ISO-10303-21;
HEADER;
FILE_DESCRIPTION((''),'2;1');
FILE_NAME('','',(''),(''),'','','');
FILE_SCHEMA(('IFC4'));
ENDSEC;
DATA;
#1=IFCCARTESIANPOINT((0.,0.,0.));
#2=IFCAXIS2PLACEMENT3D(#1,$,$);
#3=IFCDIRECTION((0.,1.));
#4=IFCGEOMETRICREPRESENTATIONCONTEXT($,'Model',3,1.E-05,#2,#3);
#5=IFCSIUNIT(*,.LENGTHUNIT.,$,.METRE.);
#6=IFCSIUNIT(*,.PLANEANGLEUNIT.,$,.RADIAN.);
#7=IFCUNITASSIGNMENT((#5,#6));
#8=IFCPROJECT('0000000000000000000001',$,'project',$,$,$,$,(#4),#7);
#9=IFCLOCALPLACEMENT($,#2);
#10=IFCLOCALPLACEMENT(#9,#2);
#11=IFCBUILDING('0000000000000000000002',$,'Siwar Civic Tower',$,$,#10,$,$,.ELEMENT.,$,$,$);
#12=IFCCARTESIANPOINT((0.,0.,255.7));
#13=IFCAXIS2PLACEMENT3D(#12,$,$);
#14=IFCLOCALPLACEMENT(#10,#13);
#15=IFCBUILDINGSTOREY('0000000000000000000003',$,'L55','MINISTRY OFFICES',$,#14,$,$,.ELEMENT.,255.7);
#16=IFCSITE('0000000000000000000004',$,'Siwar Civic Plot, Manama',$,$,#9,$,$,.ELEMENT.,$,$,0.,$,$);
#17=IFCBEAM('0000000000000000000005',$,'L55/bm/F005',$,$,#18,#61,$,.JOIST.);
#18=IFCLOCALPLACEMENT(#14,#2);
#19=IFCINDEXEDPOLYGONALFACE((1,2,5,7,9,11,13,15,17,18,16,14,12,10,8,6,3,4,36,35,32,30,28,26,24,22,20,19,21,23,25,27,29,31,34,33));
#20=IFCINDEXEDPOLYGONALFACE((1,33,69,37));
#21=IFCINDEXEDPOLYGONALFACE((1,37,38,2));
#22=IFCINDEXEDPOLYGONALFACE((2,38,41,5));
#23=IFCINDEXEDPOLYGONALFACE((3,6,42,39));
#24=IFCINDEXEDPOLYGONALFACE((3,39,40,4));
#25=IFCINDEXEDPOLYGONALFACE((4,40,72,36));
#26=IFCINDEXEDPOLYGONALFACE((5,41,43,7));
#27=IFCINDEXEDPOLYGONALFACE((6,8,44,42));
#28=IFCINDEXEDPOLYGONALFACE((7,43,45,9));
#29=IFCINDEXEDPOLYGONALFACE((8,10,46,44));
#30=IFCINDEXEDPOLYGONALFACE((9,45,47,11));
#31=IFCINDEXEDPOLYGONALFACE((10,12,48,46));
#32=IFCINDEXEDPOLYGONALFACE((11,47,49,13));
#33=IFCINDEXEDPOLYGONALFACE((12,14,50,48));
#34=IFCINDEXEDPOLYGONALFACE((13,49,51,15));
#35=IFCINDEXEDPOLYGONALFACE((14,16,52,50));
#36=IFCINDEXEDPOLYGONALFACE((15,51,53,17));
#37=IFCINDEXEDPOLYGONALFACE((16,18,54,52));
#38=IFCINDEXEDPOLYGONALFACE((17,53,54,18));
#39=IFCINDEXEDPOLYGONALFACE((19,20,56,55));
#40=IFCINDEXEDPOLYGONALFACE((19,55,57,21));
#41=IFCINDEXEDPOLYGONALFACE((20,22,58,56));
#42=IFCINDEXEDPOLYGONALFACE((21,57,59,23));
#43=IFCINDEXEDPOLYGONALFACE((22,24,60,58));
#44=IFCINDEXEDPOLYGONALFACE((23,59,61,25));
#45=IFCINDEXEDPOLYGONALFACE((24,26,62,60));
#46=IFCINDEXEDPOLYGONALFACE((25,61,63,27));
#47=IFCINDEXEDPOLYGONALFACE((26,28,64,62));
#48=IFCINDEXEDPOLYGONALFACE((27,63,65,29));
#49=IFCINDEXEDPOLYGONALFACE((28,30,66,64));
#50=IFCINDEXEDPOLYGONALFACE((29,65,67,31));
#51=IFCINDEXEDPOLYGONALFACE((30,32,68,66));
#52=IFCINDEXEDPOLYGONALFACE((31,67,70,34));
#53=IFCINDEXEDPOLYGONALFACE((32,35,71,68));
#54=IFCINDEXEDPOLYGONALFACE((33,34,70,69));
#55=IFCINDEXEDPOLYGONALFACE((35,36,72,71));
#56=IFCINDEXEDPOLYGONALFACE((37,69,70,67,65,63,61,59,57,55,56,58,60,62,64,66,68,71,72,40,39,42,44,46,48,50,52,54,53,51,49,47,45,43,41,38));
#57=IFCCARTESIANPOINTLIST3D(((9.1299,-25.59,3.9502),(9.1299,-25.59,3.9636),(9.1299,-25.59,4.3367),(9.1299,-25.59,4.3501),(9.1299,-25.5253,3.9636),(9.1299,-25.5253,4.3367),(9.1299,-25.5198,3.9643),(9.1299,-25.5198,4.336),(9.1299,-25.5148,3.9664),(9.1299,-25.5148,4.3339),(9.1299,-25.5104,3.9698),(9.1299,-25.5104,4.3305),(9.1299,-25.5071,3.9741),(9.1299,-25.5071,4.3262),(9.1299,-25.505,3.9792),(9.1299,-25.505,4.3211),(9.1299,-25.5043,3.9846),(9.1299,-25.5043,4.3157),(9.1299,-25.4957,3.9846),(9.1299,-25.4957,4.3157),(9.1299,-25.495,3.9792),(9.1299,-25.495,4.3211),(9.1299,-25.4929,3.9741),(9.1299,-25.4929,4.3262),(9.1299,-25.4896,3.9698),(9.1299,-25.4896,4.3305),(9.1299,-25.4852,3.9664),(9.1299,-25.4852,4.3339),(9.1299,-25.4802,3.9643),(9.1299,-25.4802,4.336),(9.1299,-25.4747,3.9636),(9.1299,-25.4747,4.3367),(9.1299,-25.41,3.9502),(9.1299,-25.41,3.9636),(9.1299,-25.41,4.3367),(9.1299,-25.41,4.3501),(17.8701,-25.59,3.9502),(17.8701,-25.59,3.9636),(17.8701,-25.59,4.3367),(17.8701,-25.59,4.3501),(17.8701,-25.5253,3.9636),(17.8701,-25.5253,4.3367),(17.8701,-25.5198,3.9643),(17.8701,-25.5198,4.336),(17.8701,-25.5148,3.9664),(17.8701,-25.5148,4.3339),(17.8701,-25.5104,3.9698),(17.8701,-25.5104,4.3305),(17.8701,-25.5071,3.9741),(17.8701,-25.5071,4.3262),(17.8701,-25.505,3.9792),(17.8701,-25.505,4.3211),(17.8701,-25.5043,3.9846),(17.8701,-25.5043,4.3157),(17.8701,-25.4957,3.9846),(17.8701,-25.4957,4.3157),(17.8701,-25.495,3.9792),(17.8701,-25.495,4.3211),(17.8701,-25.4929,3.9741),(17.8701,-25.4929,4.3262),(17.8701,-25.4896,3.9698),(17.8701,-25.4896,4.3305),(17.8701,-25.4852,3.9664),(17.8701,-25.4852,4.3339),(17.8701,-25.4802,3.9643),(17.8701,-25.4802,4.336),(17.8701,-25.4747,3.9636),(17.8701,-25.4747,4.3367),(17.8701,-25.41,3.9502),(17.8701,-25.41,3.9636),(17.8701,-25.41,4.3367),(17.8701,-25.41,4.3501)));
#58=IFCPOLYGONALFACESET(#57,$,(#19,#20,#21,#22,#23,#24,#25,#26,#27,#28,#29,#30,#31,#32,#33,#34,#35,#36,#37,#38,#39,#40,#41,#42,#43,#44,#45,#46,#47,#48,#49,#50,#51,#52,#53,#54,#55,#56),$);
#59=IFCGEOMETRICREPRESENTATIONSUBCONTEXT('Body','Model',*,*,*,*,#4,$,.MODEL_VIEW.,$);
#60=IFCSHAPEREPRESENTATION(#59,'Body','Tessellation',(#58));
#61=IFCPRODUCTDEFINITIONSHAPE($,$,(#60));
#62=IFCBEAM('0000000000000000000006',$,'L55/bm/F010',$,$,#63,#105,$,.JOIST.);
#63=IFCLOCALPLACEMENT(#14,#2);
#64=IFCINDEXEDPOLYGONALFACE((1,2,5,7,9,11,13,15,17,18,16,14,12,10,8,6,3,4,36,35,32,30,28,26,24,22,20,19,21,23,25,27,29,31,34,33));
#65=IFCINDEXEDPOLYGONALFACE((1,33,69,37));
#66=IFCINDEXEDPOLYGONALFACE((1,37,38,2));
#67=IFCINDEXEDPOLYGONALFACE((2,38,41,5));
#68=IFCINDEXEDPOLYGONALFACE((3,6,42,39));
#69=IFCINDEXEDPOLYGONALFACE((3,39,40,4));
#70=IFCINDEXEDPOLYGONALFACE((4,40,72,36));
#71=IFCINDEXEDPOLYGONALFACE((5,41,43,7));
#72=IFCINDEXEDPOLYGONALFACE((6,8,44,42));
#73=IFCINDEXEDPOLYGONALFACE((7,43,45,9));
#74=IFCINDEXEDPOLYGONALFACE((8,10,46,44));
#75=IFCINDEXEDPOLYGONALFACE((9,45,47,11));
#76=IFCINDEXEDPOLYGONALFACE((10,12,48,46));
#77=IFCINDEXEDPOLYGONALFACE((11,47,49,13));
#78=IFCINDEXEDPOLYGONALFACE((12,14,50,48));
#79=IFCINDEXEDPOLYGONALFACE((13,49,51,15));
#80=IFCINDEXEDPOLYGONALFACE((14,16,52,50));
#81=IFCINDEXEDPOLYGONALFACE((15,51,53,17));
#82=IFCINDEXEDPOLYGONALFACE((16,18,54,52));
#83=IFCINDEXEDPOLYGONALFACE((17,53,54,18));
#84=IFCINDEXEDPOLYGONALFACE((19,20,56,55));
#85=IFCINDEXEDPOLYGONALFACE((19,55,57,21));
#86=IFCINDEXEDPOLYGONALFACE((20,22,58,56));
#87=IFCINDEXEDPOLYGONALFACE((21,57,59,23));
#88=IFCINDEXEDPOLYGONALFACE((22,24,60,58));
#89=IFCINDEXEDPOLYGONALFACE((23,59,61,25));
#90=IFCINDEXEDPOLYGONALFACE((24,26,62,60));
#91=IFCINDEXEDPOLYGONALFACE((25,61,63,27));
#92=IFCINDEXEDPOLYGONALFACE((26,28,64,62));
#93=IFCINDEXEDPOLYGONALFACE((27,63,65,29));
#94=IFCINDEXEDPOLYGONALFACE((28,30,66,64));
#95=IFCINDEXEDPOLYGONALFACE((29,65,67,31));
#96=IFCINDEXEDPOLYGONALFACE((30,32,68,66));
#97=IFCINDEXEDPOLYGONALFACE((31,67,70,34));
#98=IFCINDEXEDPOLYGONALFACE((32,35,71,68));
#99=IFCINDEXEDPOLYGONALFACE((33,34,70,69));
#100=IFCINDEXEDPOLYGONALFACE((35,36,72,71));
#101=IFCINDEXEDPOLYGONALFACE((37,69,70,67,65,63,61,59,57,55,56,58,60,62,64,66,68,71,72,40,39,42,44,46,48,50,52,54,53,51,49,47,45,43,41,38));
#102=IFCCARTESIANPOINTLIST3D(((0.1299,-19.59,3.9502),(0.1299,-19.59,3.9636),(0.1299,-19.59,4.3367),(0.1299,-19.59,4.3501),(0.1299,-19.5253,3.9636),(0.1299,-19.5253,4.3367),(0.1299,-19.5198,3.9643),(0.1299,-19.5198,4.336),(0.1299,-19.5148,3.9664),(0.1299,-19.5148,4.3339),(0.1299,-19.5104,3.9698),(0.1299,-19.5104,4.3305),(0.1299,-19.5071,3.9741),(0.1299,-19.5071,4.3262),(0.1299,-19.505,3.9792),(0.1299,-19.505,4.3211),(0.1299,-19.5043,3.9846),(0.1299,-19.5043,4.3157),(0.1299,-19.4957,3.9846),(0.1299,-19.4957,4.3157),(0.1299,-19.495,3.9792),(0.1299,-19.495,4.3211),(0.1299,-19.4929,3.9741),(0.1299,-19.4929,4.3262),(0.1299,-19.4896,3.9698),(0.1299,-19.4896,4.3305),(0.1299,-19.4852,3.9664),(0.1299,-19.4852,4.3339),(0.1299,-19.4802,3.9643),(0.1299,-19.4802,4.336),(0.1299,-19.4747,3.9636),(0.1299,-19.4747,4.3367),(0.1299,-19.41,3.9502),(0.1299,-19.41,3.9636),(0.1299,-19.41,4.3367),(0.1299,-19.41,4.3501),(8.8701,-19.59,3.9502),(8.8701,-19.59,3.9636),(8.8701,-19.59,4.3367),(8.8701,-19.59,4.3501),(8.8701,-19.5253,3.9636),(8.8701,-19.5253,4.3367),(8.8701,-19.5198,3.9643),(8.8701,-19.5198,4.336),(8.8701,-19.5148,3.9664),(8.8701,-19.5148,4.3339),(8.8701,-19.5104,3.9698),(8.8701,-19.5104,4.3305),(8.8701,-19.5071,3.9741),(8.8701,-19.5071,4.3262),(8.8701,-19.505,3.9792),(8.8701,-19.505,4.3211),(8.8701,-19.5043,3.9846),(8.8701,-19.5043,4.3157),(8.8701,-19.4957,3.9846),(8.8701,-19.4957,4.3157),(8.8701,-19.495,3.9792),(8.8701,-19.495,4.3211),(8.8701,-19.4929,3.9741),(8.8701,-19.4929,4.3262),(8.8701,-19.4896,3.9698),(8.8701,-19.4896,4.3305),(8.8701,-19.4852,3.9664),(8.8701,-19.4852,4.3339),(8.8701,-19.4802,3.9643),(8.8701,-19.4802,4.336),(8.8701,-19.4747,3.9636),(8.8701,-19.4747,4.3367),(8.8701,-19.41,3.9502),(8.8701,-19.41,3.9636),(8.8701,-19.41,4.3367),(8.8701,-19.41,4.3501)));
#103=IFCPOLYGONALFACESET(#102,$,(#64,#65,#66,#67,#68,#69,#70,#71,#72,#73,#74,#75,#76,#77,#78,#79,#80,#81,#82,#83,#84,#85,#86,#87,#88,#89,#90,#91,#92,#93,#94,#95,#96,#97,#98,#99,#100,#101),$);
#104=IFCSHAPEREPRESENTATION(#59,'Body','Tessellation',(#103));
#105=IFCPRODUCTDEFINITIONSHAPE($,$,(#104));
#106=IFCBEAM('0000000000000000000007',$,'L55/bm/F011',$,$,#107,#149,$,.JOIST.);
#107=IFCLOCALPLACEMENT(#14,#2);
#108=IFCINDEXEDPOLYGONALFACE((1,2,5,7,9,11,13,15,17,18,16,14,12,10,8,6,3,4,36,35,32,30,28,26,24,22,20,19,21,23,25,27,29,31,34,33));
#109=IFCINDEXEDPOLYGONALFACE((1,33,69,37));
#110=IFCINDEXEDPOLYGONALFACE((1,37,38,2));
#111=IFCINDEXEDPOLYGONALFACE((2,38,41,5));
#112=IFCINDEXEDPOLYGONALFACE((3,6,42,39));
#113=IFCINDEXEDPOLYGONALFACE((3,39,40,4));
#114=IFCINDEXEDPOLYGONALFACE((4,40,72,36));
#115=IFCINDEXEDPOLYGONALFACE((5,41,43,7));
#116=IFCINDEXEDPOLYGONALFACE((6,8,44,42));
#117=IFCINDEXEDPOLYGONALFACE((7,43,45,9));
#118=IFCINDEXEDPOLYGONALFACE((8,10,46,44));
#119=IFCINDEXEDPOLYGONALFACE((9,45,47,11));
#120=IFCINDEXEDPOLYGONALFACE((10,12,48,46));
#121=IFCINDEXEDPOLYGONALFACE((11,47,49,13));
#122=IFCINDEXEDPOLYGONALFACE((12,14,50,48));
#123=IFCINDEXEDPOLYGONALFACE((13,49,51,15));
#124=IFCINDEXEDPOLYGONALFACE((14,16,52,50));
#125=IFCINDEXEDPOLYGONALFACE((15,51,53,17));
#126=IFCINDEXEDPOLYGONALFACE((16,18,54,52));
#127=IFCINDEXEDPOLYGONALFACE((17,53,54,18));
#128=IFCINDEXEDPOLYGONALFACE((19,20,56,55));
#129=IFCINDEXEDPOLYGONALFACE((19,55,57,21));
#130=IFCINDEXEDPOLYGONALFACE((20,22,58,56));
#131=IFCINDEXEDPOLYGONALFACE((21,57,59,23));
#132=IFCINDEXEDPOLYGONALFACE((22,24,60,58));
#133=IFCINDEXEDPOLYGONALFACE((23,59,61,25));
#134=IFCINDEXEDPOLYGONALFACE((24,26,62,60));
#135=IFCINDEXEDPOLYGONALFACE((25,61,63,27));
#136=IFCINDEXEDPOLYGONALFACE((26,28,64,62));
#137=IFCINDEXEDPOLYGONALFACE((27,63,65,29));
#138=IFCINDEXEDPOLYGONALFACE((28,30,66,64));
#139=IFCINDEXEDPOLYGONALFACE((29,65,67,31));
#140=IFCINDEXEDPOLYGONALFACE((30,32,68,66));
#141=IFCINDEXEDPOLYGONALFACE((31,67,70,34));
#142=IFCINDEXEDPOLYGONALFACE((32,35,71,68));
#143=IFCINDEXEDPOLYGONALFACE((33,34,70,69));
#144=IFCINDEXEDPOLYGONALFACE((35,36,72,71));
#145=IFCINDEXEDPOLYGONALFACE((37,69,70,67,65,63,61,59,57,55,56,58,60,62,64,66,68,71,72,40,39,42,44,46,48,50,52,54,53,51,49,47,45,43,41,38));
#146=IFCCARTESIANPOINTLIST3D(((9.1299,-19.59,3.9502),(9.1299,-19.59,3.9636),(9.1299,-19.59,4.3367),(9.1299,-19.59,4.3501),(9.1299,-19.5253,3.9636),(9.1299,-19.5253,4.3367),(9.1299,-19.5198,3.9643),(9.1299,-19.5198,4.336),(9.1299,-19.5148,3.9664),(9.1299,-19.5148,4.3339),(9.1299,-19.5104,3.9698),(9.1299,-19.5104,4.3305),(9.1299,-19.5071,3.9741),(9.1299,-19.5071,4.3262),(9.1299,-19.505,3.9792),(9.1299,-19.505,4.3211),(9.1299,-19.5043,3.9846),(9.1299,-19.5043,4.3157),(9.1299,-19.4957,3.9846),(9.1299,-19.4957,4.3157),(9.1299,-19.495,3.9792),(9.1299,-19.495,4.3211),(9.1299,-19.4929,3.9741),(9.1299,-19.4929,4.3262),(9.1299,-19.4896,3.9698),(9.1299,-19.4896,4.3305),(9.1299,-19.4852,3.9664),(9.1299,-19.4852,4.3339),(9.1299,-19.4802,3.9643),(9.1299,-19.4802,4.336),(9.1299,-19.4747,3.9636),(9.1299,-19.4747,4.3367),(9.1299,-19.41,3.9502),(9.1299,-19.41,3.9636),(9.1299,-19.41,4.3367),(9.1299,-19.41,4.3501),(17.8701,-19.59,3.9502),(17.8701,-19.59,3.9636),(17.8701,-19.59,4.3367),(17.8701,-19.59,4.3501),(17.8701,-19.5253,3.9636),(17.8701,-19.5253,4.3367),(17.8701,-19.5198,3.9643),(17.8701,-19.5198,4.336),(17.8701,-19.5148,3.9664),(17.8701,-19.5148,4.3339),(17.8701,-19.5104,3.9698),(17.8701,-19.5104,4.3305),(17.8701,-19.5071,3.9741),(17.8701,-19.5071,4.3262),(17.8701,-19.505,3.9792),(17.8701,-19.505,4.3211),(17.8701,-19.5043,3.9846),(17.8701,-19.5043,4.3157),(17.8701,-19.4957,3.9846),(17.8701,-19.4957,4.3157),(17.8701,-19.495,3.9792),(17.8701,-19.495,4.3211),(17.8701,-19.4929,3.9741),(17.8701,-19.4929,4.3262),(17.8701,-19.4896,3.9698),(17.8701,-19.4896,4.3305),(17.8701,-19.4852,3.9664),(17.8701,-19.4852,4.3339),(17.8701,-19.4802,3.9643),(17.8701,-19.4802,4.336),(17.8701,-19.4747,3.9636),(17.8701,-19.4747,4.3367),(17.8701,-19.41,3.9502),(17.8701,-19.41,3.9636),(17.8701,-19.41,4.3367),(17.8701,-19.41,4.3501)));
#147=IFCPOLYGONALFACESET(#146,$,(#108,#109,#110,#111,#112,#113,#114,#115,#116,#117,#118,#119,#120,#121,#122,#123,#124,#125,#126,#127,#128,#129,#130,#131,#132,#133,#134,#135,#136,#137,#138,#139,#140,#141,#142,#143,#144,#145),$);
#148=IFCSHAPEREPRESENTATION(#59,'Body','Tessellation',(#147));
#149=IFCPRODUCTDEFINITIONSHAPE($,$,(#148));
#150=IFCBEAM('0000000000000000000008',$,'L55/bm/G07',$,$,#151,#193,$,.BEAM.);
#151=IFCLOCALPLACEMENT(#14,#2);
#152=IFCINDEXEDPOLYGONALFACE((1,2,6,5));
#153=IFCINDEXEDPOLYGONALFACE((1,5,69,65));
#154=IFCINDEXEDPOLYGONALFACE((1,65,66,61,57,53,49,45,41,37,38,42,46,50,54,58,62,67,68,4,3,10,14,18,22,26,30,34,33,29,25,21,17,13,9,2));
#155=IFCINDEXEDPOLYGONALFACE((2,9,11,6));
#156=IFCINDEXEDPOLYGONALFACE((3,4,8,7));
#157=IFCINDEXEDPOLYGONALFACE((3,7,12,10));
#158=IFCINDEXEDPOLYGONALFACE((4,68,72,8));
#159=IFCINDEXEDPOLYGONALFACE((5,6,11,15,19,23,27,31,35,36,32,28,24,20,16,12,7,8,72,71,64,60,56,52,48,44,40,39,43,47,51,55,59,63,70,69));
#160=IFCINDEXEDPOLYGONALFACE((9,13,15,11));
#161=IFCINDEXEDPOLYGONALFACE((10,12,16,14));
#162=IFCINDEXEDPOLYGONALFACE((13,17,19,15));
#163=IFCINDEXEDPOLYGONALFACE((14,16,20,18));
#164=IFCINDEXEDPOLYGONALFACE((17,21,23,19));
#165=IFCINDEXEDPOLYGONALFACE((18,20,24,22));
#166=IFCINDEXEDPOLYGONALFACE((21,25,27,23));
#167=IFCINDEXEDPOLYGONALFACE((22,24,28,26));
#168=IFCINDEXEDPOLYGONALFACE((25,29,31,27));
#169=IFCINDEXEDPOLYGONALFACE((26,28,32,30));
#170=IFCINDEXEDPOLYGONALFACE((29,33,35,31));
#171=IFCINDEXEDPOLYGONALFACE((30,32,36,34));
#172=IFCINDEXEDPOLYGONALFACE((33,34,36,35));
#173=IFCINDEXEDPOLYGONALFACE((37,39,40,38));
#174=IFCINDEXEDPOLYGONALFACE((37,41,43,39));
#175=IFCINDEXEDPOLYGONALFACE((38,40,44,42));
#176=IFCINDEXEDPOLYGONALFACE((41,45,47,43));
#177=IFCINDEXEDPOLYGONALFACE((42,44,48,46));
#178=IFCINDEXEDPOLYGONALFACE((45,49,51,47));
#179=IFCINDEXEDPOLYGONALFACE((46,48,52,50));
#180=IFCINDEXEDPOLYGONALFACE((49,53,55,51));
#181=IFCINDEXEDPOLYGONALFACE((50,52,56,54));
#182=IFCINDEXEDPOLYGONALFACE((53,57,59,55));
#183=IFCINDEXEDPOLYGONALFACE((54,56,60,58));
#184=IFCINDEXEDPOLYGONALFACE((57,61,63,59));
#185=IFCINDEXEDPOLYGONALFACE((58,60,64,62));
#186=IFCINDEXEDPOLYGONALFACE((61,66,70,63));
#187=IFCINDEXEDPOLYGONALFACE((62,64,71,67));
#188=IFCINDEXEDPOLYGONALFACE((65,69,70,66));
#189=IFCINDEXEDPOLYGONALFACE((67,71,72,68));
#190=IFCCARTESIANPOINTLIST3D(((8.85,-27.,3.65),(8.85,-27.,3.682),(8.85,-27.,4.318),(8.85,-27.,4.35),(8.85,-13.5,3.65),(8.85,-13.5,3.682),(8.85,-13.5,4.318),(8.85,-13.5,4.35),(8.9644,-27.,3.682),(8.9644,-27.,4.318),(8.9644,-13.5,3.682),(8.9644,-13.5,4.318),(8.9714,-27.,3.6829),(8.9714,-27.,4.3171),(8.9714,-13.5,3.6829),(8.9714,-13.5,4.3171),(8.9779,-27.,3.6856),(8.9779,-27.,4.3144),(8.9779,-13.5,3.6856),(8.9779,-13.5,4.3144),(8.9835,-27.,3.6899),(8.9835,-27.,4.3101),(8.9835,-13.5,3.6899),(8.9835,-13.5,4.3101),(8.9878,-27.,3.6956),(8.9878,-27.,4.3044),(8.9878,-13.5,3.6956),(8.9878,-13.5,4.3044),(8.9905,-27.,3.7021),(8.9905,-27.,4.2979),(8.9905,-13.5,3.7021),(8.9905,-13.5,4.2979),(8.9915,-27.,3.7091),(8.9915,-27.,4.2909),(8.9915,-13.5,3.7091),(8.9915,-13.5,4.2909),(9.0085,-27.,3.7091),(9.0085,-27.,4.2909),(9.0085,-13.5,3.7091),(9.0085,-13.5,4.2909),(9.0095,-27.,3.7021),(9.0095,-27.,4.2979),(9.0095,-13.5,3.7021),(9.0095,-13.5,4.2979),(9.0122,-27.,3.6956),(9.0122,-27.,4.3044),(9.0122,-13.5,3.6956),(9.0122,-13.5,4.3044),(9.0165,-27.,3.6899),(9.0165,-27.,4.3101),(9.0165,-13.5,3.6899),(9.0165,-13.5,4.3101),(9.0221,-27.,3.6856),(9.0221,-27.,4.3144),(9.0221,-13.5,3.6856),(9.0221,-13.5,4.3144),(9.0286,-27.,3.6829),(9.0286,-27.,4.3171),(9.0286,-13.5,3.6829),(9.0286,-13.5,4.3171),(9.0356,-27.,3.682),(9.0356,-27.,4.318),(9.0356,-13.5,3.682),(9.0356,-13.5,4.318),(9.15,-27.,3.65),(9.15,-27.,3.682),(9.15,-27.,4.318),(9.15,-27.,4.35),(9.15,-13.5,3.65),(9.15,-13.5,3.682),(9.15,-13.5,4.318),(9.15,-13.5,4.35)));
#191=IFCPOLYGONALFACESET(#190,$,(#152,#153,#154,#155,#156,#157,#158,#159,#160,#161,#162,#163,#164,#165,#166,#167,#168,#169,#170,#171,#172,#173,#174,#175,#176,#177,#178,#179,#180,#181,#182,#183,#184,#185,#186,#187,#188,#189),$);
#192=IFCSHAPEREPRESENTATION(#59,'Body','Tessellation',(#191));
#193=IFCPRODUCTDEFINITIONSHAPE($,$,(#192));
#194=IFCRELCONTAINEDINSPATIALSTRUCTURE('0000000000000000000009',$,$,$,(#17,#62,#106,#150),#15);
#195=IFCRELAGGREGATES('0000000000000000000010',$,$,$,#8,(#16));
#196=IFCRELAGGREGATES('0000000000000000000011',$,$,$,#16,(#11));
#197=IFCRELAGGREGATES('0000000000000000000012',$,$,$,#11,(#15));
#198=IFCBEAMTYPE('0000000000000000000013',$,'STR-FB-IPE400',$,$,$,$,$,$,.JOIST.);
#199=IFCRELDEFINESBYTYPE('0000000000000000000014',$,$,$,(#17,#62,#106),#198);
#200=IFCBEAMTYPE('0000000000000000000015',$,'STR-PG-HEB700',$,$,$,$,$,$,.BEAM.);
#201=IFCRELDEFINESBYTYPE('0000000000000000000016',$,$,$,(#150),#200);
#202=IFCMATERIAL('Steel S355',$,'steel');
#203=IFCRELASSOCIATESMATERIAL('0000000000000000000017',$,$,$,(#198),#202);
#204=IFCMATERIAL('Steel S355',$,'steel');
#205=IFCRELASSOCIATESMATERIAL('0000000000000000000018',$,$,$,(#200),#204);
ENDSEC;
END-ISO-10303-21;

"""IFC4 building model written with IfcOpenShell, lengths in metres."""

from ifc_helpers import new_model, si_unit, direction, frame, origin, origin_2d, place, context, subcontext, project, spatial, i_section, extrude, material, material_profile, profile_set, type_object, element, save


model = new_model("IFC4")

# Units and contexts
model_context = context("Model", 3, precision=1e-05, world=origin(), true_north=direction((0.0, 1.0)))
body_context = subcontext(model_context, "Body", "Model", "MODEL_VIEW")
ifc_project = project(units=[si_unit("LENGTHUNIT", "METRE"), si_unit("PLANEANGLEUNIT", "RADIAN")], contexts=[model_context])

# Site, building, storey
site_placement = place(None, origin())
site = spatial("IfcSite", under=ifc_project, at=site_placement, Name="Siwar Civic Plot, Manama", CompositionType="ELEMENT", RefElevation=0.0)
building_placement = place(site_placement, origin())
building = spatial("IfcBuilding", under=site, at=building_placement, Name="Siwar Civic Tower", CompositionType="ELEMENT")
storey_placement = place(building_placement, frame((0.0, 0.0, 255.7)))
storey = spatial("IfcBuildingStorey", under=building, at=storey_placement, Name="L55", Description="MINISTRY OFFICES", CompositionType="ELEMENT", Elevation=255.7)

# Beams
ifc_material_1 = material(Name="Steel S355", Category="steel")
ifc_material_profile_1 = material_profile(ifc_material_1, i_section(OverallWidth=0.1799, OverallDepth=0.3999, WebThickness=0.0085, FlangeThickness=0.0134, FilletRadius=0.021, at=origin_2d()), Name="IPE400")
ifc_profile_set_1 = profile_set([ifc_material_profile_1], Name="Steel S355")
beam_type_1 = type_object("IfcBeamType", Name="STR-FB-IPE400", PredefinedType="JOIST", material=ifc_profile_set_1)
for number, where, z_axis, x_axis, name in (
    (1, (9.1299, -25.5, 4.1501), (1.0, 0.0, 0.0), (0.0, 1.0, 0.0), "L55/bm/F005"),
    (2, (0.1299, -19.5, 4.1501), (1.0, 0.0, 0.0), (0.0, 1.0, 0.0), "L55/bm/F010"),
    (3, (9.1299, -19.5, 4.1501), (1.0, 0.0, 0.0), (0.0, 1.0, 0.0), "L55/bm/F011"),
):
    element("IfcBeam", number, at=place(storey_placement, frame(where, z_axis=z_axis, x_axis=x_axis)), inside=storey, type_object=beam_type_1, Name=name, PredefinedType="JOIST", context=body_context, shape_type="SweptSolid", body=[
        extrude(i_section(OverallWidth=0.1799, OverallDepth=0.3999, WebThickness=0.0085, FlangeThickness=0.0134, FilletRadius=0.021, at=origin_2d()), origin(), (0.0, 0.0, 1.0), 8.7402),
    ])
ifc_material_2 = material(Name="Steel S355", Category="steel")
ifc_material_profile_2 = material_profile(ifc_material_2, i_section(OverallWidth=0.3, OverallDepth=0.7, WebThickness=0.0171, FlangeThickness=0.032, FilletRadius=0.0271, at=origin_2d()), Name="HEB700")
ifc_profile_set_2 = profile_set([ifc_material_profile_2], Name="Steel S355")
beam_type_2 = type_object("IfcBeamType", Name="STR-PG-HEB700", PredefinedType="BEAM", material=ifc_profile_set_2)
beam_1_placement = place(storey_placement, frame((9.0, -27.0, 4.0), z_axis=(0.0, 1.0, 0.0), x_axis=(-1.0, 0.0, 0.0)))
element("IfcBeam", 4, at=beam_1_placement, inside=storey, type_object=beam_type_2, Name="L55/bm/G07", PredefinedType="BEAM", context=body_context, shape_type="SweptSolid", body=[
    extrude(i_section(OverallWidth=0.3, OverallDepth=0.7, WebThickness=0.0171, FlangeThickness=0.032, FilletRadius=0.0271, at=origin_2d()), origin(), (0.0, 0.0, 1.0), 13.5),
])

save(model, "model.ifc")
